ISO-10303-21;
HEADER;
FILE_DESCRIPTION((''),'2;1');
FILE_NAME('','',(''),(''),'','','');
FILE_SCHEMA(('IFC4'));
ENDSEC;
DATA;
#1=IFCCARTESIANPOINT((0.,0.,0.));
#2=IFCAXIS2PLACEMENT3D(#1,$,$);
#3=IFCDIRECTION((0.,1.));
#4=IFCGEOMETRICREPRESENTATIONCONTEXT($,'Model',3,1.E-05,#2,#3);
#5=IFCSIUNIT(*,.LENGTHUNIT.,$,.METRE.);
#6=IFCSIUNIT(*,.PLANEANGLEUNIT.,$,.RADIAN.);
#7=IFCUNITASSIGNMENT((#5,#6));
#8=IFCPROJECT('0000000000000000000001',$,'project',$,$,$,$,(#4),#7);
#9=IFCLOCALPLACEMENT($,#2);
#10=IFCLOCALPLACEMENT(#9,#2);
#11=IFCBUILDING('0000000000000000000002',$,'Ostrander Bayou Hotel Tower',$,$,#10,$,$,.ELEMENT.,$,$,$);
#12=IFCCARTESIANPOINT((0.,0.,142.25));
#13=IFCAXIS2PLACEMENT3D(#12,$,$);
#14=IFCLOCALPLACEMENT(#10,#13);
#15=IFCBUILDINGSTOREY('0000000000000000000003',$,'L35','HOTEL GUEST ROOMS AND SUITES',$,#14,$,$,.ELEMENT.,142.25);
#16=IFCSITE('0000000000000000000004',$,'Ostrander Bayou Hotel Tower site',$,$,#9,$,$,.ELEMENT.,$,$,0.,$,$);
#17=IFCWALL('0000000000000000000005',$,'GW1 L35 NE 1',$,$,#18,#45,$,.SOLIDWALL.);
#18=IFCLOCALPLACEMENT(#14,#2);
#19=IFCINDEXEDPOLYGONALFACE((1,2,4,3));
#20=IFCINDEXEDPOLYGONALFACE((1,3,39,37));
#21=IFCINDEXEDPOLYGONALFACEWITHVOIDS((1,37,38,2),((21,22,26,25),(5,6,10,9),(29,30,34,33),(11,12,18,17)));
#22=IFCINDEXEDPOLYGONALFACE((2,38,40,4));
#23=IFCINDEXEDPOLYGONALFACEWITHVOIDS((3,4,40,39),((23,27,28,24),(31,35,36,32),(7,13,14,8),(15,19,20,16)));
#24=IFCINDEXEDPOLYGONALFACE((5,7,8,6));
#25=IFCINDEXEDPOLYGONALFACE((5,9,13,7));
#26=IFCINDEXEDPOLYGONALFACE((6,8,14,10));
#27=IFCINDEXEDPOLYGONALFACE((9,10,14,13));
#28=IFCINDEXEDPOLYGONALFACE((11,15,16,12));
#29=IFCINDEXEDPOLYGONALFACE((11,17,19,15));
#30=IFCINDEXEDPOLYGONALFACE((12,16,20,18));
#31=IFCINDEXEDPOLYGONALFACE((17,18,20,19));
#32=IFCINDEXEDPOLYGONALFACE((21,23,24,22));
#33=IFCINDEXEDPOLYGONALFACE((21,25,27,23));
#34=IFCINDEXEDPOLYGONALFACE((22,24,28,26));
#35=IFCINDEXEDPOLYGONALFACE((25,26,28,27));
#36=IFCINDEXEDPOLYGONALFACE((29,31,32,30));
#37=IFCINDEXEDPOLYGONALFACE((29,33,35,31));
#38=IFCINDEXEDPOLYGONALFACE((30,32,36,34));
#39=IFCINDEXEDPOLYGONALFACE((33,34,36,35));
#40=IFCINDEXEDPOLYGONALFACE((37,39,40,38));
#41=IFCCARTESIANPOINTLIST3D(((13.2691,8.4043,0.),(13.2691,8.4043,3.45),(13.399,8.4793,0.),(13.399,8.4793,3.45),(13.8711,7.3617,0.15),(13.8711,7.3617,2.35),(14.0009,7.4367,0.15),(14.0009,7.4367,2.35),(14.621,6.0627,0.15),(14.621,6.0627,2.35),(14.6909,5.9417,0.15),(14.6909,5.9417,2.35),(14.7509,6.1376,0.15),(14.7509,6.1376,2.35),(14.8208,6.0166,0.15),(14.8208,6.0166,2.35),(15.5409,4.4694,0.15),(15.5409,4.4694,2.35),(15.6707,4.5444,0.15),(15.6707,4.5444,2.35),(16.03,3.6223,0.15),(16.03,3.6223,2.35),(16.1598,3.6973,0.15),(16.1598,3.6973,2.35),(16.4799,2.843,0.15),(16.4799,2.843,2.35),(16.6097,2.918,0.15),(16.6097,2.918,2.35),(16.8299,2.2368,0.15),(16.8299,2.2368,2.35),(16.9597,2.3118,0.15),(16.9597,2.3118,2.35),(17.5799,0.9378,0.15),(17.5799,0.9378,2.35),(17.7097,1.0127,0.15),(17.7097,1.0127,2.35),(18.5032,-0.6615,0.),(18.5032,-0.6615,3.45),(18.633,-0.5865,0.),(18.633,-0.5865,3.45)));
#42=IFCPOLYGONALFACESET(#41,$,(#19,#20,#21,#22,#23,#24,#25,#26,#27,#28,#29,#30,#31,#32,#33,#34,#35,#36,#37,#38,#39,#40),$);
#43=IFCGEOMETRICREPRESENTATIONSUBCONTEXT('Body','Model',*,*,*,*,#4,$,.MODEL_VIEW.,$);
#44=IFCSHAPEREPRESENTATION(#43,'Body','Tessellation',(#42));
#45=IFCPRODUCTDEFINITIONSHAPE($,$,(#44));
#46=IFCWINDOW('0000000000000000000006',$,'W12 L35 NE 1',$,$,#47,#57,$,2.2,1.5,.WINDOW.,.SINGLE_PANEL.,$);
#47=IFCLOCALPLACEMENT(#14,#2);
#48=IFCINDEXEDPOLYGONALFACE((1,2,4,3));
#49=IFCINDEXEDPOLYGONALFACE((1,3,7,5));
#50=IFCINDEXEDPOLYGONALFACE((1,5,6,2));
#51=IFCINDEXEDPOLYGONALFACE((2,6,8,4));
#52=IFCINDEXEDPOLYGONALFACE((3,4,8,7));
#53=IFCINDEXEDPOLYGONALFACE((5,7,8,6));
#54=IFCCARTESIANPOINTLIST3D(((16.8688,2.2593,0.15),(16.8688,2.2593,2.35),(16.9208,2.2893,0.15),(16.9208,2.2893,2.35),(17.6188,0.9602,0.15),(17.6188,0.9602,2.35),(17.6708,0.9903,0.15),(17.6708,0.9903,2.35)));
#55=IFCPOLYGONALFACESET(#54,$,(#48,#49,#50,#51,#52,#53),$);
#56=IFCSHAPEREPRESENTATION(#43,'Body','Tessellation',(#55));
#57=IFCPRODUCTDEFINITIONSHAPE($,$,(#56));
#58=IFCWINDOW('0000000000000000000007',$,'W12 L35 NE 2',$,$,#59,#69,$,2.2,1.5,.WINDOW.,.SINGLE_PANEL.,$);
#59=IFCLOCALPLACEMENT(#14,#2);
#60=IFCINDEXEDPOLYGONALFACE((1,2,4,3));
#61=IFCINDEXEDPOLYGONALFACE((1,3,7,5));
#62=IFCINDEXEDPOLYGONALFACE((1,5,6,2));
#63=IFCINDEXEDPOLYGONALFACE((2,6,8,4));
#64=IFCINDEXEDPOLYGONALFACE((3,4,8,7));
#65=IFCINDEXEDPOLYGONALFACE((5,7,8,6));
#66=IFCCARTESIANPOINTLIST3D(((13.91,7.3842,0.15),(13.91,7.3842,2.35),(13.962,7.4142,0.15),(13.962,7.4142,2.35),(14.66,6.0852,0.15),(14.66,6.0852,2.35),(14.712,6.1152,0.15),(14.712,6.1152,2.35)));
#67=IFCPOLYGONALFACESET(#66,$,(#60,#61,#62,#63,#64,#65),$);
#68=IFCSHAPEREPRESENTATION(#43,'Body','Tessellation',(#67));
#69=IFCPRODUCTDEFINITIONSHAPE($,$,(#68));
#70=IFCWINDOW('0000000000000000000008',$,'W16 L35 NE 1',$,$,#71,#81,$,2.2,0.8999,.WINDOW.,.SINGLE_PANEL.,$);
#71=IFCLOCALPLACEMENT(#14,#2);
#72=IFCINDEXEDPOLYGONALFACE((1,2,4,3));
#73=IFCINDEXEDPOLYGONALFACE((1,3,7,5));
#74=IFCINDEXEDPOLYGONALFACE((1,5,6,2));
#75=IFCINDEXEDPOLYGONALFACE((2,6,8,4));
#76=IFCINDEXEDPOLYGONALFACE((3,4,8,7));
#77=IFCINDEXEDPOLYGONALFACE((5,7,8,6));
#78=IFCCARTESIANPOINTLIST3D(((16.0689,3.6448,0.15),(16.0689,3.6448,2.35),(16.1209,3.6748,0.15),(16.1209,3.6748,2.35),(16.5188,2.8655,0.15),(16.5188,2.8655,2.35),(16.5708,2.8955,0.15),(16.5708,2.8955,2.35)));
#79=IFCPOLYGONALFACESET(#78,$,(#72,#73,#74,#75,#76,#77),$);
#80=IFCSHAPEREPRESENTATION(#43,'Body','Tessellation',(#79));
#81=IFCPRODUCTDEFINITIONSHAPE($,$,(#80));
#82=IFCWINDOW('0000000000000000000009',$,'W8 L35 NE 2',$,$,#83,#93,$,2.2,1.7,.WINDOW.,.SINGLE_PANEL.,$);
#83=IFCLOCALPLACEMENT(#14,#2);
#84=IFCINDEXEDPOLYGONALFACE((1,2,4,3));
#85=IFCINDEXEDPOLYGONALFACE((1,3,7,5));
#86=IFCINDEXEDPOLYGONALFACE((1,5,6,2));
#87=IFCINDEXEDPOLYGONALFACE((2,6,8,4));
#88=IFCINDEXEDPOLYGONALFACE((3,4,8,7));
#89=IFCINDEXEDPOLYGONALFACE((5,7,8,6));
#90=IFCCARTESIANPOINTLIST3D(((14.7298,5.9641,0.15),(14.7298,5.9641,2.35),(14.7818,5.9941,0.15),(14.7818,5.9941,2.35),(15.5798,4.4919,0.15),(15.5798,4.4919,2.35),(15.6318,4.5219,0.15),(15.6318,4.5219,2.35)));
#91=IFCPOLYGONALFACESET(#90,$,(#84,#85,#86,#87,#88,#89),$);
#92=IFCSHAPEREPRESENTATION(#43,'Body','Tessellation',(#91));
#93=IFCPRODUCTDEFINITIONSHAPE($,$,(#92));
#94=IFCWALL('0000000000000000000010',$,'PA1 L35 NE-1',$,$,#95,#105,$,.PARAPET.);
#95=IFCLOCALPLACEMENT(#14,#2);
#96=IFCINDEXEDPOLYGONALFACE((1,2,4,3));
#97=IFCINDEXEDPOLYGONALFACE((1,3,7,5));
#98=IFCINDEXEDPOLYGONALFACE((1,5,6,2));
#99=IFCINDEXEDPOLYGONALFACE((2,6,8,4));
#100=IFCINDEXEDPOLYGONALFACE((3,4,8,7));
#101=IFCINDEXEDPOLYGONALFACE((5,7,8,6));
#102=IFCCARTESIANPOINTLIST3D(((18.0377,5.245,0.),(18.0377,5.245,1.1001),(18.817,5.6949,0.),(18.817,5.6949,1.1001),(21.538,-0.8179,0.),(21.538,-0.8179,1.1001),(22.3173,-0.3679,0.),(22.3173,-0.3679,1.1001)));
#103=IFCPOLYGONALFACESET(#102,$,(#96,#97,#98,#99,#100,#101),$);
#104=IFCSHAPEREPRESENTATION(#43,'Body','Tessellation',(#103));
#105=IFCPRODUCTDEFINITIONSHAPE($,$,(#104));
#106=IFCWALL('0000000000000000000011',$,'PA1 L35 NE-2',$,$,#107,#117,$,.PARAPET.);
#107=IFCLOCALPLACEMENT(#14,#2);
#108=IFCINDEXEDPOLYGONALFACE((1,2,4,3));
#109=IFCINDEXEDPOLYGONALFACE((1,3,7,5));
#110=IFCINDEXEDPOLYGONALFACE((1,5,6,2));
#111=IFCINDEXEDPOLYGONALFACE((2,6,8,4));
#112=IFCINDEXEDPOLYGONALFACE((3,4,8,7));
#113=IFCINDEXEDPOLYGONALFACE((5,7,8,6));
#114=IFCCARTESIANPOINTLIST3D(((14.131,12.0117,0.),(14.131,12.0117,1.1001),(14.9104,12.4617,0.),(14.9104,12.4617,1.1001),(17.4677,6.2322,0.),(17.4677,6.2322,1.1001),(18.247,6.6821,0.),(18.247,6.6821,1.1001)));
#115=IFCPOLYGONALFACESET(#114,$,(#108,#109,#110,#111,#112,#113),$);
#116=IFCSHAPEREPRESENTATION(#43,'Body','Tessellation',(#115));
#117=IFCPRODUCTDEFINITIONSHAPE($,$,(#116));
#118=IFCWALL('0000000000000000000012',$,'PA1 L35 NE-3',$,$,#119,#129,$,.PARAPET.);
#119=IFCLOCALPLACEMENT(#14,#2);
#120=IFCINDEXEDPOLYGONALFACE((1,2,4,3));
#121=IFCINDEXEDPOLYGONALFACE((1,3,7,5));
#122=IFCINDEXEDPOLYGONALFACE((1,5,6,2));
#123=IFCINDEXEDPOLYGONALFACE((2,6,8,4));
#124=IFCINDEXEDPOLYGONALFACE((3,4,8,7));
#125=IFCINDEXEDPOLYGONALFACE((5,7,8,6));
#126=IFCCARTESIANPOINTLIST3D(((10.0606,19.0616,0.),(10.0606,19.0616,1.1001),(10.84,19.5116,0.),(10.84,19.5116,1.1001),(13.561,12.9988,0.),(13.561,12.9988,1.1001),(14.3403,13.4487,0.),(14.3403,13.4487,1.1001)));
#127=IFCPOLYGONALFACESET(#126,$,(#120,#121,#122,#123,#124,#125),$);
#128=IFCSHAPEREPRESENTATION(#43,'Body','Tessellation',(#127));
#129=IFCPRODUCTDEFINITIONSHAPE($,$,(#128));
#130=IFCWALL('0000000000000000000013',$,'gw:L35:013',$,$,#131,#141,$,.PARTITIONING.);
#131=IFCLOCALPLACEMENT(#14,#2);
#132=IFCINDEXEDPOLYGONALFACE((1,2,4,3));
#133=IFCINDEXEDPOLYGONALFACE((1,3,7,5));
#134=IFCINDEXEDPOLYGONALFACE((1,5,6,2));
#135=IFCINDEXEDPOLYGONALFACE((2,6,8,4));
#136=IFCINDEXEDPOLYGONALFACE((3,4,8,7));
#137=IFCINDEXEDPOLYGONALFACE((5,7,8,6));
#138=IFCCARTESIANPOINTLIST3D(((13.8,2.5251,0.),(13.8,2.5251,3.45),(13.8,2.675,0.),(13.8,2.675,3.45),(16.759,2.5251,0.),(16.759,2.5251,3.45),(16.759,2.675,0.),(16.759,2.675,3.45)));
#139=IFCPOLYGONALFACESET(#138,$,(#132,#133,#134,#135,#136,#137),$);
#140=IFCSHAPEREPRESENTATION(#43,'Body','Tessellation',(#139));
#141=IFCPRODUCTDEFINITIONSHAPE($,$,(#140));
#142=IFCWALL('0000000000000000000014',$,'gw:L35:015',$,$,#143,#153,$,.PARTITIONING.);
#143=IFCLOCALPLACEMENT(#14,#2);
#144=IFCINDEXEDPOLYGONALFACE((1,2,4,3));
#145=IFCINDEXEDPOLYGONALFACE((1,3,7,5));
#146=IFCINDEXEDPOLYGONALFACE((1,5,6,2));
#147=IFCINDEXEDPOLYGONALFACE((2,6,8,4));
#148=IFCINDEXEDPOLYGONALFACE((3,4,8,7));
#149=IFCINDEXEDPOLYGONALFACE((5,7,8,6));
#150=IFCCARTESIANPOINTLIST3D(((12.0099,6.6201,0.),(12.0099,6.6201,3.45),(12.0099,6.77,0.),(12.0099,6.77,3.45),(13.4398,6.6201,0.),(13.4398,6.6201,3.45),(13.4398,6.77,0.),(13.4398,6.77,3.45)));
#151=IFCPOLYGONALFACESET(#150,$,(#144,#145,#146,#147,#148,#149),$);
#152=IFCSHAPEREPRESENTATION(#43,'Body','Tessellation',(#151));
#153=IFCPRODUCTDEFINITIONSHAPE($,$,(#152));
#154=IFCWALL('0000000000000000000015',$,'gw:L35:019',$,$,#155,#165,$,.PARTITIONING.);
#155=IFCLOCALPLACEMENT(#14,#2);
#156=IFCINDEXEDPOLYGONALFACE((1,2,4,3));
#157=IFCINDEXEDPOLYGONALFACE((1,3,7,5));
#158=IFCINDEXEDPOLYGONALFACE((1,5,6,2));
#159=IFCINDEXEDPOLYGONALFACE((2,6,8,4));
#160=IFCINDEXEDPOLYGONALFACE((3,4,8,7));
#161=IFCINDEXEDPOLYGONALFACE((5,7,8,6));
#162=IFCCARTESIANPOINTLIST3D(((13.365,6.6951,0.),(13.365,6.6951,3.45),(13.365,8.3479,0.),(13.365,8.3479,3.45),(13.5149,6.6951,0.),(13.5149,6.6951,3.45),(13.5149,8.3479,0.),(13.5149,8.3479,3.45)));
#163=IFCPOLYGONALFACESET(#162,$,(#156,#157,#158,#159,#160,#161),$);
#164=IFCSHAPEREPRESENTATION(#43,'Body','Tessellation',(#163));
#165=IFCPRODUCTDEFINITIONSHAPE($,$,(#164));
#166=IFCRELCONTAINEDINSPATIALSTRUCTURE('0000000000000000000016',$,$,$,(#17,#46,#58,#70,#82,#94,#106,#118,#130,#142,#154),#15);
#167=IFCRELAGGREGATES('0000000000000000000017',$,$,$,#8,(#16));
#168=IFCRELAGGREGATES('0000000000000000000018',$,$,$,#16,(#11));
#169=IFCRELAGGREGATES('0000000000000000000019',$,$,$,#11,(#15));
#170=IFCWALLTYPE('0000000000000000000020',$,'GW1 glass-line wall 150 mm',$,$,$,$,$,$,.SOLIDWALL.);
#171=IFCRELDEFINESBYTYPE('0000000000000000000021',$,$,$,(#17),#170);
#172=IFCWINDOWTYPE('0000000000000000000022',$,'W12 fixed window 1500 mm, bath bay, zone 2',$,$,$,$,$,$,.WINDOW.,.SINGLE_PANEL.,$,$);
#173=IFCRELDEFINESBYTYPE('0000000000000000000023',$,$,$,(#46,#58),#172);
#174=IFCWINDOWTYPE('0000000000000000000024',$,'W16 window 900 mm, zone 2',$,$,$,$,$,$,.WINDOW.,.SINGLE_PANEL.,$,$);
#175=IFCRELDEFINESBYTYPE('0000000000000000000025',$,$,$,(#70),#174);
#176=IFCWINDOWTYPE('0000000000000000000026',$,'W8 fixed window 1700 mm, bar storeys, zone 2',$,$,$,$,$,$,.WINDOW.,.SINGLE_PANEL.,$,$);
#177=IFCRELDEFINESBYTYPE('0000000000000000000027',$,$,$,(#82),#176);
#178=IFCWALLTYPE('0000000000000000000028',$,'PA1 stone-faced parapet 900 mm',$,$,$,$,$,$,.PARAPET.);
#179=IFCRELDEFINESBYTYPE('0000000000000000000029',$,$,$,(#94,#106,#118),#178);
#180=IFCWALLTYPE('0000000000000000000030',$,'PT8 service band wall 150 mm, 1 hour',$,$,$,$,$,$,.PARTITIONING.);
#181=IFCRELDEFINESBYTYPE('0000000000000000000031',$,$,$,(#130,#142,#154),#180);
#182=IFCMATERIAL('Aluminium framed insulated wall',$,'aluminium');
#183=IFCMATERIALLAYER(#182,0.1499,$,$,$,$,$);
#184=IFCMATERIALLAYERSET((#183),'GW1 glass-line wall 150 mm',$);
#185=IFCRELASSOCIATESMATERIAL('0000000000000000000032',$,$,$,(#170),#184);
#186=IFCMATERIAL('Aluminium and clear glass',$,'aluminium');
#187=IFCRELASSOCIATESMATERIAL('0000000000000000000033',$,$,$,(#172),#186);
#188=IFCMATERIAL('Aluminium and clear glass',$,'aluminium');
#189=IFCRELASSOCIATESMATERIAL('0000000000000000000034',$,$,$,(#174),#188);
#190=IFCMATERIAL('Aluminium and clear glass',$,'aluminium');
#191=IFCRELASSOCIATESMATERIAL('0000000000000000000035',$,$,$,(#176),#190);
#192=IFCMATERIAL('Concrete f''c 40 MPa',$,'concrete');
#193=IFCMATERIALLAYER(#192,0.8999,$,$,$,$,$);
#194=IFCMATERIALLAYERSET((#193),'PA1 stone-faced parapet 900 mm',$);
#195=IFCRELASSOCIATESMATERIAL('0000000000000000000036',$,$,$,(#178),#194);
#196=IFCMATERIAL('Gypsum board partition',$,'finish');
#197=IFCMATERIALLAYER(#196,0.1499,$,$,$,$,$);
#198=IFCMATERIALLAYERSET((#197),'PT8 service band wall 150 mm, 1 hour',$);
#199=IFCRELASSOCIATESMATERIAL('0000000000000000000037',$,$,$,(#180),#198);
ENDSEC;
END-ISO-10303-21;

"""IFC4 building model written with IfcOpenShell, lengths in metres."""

from ifc_helpers import new_model, si_unit, direction, frame, frame_2d, origin, place, context, subcontext, project, spatial, rectangle, extrude, material, layer, layer_set, type_object, element, fill, save


model = new_model("IFC4")

# Units and contexts
model_context = context("Model", 3, precision=1e-05, world=origin(), true_north=direction((0.0, 1.0)))
body_context = subcontext(model_context, "Body", "Model", "MODEL_VIEW")
ifc_project = project(units=[si_unit("LENGTHUNIT", "METRE"), si_unit("PLANEANGLEUNIT", "RADIAN")], contexts=[model_context])

# Site, building, storey
site_placement = place(None, origin())
site = spatial("IfcSite", under=ifc_project, at=site_placement, Name="Ostrander Bayou Hotel Tower site", CompositionType="ELEMENT", RefElevation=0.0)
building_placement = place(site_placement, origin())
building = spatial("IfcBuilding", under=site, at=building_placement, Name="Ostrander Bayou Hotel Tower", CompositionType="ELEMENT")
storey_placement = place(building_placement, frame((0.0, 0.0, 142.25)))
storey = spatial("IfcBuildingStorey", under=building, at=storey_placement, Name="L35", Description="HOTEL GUEST ROOMS AND SUITES", CompositionType="ELEMENT", Elevation=142.25)

# Wall, openings, windows
ifc_material_1 = material(Name="Aluminium framed insulated wall", Category="aluminium")
ifc_layer_1 = layer(ifc_material_1, 0.1499)
ifc_layer_set_1 = layer_set([ifc_layer_1], Name="GW1 glass-line wall 150 mm")
wall_type_1 = type_object("IfcWallType", Name="GW1 glass-line wall 150 mm", PredefinedType="SOLIDWALL", material=ifc_layer_set_1)
wall_1_placement = place(storey_placement, frame((18.5681, -0.624, 0.0), z_axis=(0.0, 0.0, 1.0), x_axis=(-0.499994, 0.866029, 0.0)))
wall_1 = element("IfcWall", 1, at=wall_1_placement, inside=storey, type_object=wall_type_1, Name="GW1 L35 NE 1", PredefinedType="SOLIDWALL", context=body_context, shape_type="SweptSolid", body=[
    extrude(rectangle(XDim=10.4683, YDim=0.1499, at=frame_2d((5.2341, 0.0))), origin(), (0.0, 0.0, 1.0), 3.45),
])
opening_1_placement = place(wall_1_placement, frame((4.0466, 0.0, 0.1499)))
opening_1 = element("IfcOpeningElement", 2, at=opening_1_placement, cuts=wall_1, PredefinedType="OPENING", context=body_context, shape_type="SweptSolid", body=[
    extrude(rectangle(XDim=0.8999, YDim=2.2, at=frame_2d((0.45, 1.1001))), frame((0.0, 0.075, 0.0), z_axis=(0.0, -1.0, 0.0), x_axis=(1.0, 0.0, 0.0)), (0.0, 0.0, 1.0), 0.1499),
])
opening_2_placement = place(wall_1_placement, frame((1.8467, 0.0, 0.1499)))
opening_2 = element("IfcOpeningElement", 3, at=opening_2_placement, cuts=wall_1, PredefinedType="OPENING", context=body_context, shape_type="SweptSolid", body=[
    extrude(rectangle(XDim=1.5, YDim=2.2, at=frame_2d((0.75, 1.1001))), frame((0.0, 0.075, 0.0), z_axis=(0.0, -1.0, 0.0), x_axis=(1.0, 0.0, 0.0)), (0.0, 0.0, 1.0), 0.1499),
])
opening_3_placement = place(wall_1_placement, frame((5.9246, 0.0, 0.1499)))
opening_3 = element("IfcOpeningElement", 4, at=opening_3_placement, cuts=wall_1, PredefinedType="OPENING", context=body_context, shape_type="SweptSolid", body=[
    extrude(rectangle(XDim=1.7, YDim=2.2, at=frame_2d((0.8501, 1.1001))), frame((0.0, 0.075, 0.0), z_axis=(0.0, -1.0, 0.0), x_axis=(1.0, 0.0, 0.0)), (0.0, 0.0, 1.0), 0.1499),
])
opening_4_placement = place(wall_1_placement, frame((7.7644, 0.0, 0.1499)))
opening_4 = element("IfcOpeningElement", 5, at=opening_4_placement, cuts=wall_1, PredefinedType="OPENING", context=body_context, shape_type="SweptSolid", body=[
    extrude(rectangle(XDim=1.5, YDim=2.2, at=frame_2d((0.75, 1.1001))), frame((0.0, 0.075, 0.0), z_axis=(0.0, -1.0, 0.0), x_axis=(1.0, 0.0, 0.0)), (0.0, 0.0, 1.0), 0.1499),
])
ifc_material_2 = material(Name="Aluminium and clear glass", Category="aluminium")
window_type_1 = type_object("IfcWindowType", Name="W12 fixed window 1500 mm, bath bay, zone 2", PartitioningType="SINGLE_PANEL", PredefinedType="WINDOW", material=ifc_material_2)
window_1_placement = place(opening_2_placement, origin())
window_1 = element("IfcWindow", 6, at=window_1_placement, inside=storey, type_object=window_type_1, Name="W12 L35 NE 1", OverallHeight=2.2, OverallWidth=1.5, PartitioningType="SINGLE_PANEL", PredefinedType="WINDOW", context=body_context, shape_type="SweptSolid", body=[
    extrude(rectangle(XDim=1.5, YDim=2.2, at=frame_2d((0.75, 1.1001))), frame((0.0, 0.03, 0.0), z_axis=(0.0, -1.0, 0.0), x_axis=(1.0, 0.0, 0.0)), (0.0, 0.0, 1.0), 0.0601),
])
fill(opening_2, window_1)
window_2_placement = place(opening_4_placement, origin())
window_2 = element("IfcWindow", 7, at=window_2_placement, inside=storey, type_object=window_type_1, Name="W12 L35 NE 2", OverallHeight=2.2, OverallWidth=1.5, PartitioningType="SINGLE_PANEL", PredefinedType="WINDOW", context=body_context, shape_type="SweptSolid", body=[
    extrude(rectangle(XDim=1.5, YDim=2.2, at=frame_2d((0.75, 1.1001))), frame((0.0, 0.03, 0.0), z_axis=(0.0, -1.0, 0.0), x_axis=(1.0, 0.0, 0.0)), (0.0, 0.0, 1.0), 0.0601),
])
fill(opening_4, window_2)
ifc_material_3 = material(Name="Aluminium and clear glass", Category="aluminium")
window_type_2 = type_object("IfcWindowType", Name="W16 window 900 mm, zone 2", PartitioningType="SINGLE_PANEL", PredefinedType="WINDOW", material=ifc_material_3)
window_3_placement = place(opening_1_placement, origin())
window_3 = element("IfcWindow", 8, at=window_3_placement, inside=storey, type_object=window_type_2, Name="W16 L35 NE 1", OverallHeight=2.2, OverallWidth=0.8999, PartitioningType="SINGLE_PANEL", PredefinedType="WINDOW", context=body_context, shape_type="SweptSolid", body=[
    extrude(rectangle(XDim=0.8999, YDim=2.2, at=frame_2d((0.45, 1.1001))), frame((0.0, 0.03, 0.0), z_axis=(0.0, -1.0, 0.0), x_axis=(1.0, 0.0, 0.0)), (0.0, 0.0, 1.0), 0.0601),
])
fill(opening_1, window_3)
ifc_material_4 = material(Name="Aluminium and clear glass", Category="aluminium")
window_type_3 = type_object("IfcWindowType", Name="W8 fixed window 1700 mm, bar storeys, zone 2", PartitioningType="SINGLE_PANEL", PredefinedType="WINDOW", material=ifc_material_4)
window_4_placement = place(opening_3_placement, origin())
window_4 = element("IfcWindow", 9, at=window_4_placement, inside=storey, type_object=window_type_3, Name="W8 L35 NE 2", OverallHeight=2.2, OverallWidth=1.7, PartitioningType="SINGLE_PANEL", PredefinedType="WINDOW", context=body_context, shape_type="SweptSolid", body=[
    extrude(rectangle(XDim=1.7, YDim=2.2, at=frame_2d((0.8501, 1.1001))), frame((0.0, 0.03, 0.0), z_axis=(0.0, -1.0, 0.0), x_axis=(1.0, 0.0, 0.0)), (0.0, 0.0, 1.0), 0.0601),
])
fill(opening_3, window_4)

# Walls
ifc_material_5 = material(Name="Concrete f'c 40 MPa", Category="concrete")
ifc_layer_2 = layer(ifc_material_5, 0.8999)
ifc_layer_set_2 = layer_set([ifc_layer_2], Name="PA1 stone-faced parapet 900 mm")
wall_type_2 = type_object("IfcWallType", Name="PA1 stone-faced parapet 900 mm", PredefinedType="PARAPET", material=ifc_layer_set_2)
wall_2_placement = place(storey_placement, frame((21.9277, -0.593, 0.0), z_axis=(0.0, 0.0, 1.0), x_axis=(-0.499991, 0.866031, 0.0)))
element("IfcWall", 10, at=wall_2_placement, inside=storey, type_object=wall_type_2, Name="PA1 L35 NE-1", PredefinedType="PARAPET", context=body_context, shape_type="SweptSolid", body=[
    extrude(rectangle(XDim=7.0007, YDim=0.8999, at=frame_2d((3.5005, 0.0))), origin(), (0.0, 0.0, 1.0), 1.1001),
])
wall_3_placement = place(storey_placement, frame((17.8574, 6.457, 0.0), z_axis=(0.0, 0.0, 1.0), x_axis=(-0.499983, 0.866035, 0.0)))
element("IfcWall", 11, at=wall_3_placement, inside=storey, type_object=wall_type_2, Name="PA1 L35 NE-2", PredefinedType="PARAPET", context=body_context, shape_type="SweptSolid", body=[
    extrude(rectangle(XDim=6.6736, YDim=0.8999, at=frame_2d((3.3369, 0.0))), origin(), (0.0, 0.0, 1.0), 1.1001),
])
wall_4_placement = place(storey_placement, frame((13.9507, 13.2236, 0.0), z_axis=(0.0, 0.0, 1.0), x_axis=(-0.499991, 0.866031, 0.0)))
element("IfcWall", 12, at=wall_4_placement, inside=storey, type_object=wall_type_2, Name="PA1 L35 NE-3", PredefinedType="PARAPET", context=body_context, shape_type="SweptSolid", body=[
    extrude(rectangle(XDim=7.0007, YDim=0.8999, at=frame_2d((3.5005, 0.0))), origin(), (0.0, 0.0, 1.0), 1.1001),
])
ifc_material_6 = material(Name="Gypsum board partition", Category="finish")
ifc_layer_3 = layer(ifc_material_6, 0.1499)
ifc_layer_set_3 = layer_set([ifc_layer_3], Name="PT8 service band wall 150 mm, 1 hour")
wall_type_3 = type_object("IfcWallType", Name="PT8 service band wall 150 mm, 1 hour", PredefinedType="PARTITIONING", material=ifc_layer_set_3)
wall_5_placement = place(storey_placement, frame((13.8, 2.6001, 0.0), z_axis=(0.0, 0.0, 1.0), x_axis=(1.0, 0.0, 0.0)))
element("IfcWall", 13, at=wall_5_placement, inside=storey, type_object=wall_type_3, Name="gw:L35:013", PredefinedType="PARTITIONING", context=body_context, shape_type="SweptSolid", body=[
    extrude(rectangle(XDim=2.959, YDim=0.1499, at=frame_2d((1.4795, 0.0))), origin(), (0.0, 0.0, 1.0), 3.45),
])
wall_6_placement = place(storey_placement, frame((12.01, 6.6951, 0.0), z_axis=(0.0, 0.0, 1.0), x_axis=(1.0, 0.0, 0.0)))
element("IfcWall", 14, at=wall_6_placement, inside=storey, type_object=wall_type_3, Name="gw:L35:015", PredefinedType="PARTITIONING", context=body_context, shape_type="SweptSolid", body=[
    extrude(rectangle(XDim=1.4299, YDim=0.1499, at=frame_2d((0.7148, 0.0))), origin(), (0.0, 0.0, 1.0), 3.45),
])
wall_7_placement = place(storey_placement, frame((13.4399, 6.6951, 0.0), z_axis=(0.0, 0.0, 1.0), x_axis=(0.0, 1.0, 0.0)))
element("IfcWall", 15, at=wall_7_placement, inside=storey, type_object=wall_type_3, Name="gw:L35:019", PredefinedType="PARTITIONING", context=body_context, shape_type="SweptSolid", body=[
    extrude(rectangle(XDim=1.6528, YDim=0.1499, at=frame_2d((0.8264, 0.0))), origin(), (0.0, 0.0, 1.0), 3.45),
])

save(model, "model.ifc")
